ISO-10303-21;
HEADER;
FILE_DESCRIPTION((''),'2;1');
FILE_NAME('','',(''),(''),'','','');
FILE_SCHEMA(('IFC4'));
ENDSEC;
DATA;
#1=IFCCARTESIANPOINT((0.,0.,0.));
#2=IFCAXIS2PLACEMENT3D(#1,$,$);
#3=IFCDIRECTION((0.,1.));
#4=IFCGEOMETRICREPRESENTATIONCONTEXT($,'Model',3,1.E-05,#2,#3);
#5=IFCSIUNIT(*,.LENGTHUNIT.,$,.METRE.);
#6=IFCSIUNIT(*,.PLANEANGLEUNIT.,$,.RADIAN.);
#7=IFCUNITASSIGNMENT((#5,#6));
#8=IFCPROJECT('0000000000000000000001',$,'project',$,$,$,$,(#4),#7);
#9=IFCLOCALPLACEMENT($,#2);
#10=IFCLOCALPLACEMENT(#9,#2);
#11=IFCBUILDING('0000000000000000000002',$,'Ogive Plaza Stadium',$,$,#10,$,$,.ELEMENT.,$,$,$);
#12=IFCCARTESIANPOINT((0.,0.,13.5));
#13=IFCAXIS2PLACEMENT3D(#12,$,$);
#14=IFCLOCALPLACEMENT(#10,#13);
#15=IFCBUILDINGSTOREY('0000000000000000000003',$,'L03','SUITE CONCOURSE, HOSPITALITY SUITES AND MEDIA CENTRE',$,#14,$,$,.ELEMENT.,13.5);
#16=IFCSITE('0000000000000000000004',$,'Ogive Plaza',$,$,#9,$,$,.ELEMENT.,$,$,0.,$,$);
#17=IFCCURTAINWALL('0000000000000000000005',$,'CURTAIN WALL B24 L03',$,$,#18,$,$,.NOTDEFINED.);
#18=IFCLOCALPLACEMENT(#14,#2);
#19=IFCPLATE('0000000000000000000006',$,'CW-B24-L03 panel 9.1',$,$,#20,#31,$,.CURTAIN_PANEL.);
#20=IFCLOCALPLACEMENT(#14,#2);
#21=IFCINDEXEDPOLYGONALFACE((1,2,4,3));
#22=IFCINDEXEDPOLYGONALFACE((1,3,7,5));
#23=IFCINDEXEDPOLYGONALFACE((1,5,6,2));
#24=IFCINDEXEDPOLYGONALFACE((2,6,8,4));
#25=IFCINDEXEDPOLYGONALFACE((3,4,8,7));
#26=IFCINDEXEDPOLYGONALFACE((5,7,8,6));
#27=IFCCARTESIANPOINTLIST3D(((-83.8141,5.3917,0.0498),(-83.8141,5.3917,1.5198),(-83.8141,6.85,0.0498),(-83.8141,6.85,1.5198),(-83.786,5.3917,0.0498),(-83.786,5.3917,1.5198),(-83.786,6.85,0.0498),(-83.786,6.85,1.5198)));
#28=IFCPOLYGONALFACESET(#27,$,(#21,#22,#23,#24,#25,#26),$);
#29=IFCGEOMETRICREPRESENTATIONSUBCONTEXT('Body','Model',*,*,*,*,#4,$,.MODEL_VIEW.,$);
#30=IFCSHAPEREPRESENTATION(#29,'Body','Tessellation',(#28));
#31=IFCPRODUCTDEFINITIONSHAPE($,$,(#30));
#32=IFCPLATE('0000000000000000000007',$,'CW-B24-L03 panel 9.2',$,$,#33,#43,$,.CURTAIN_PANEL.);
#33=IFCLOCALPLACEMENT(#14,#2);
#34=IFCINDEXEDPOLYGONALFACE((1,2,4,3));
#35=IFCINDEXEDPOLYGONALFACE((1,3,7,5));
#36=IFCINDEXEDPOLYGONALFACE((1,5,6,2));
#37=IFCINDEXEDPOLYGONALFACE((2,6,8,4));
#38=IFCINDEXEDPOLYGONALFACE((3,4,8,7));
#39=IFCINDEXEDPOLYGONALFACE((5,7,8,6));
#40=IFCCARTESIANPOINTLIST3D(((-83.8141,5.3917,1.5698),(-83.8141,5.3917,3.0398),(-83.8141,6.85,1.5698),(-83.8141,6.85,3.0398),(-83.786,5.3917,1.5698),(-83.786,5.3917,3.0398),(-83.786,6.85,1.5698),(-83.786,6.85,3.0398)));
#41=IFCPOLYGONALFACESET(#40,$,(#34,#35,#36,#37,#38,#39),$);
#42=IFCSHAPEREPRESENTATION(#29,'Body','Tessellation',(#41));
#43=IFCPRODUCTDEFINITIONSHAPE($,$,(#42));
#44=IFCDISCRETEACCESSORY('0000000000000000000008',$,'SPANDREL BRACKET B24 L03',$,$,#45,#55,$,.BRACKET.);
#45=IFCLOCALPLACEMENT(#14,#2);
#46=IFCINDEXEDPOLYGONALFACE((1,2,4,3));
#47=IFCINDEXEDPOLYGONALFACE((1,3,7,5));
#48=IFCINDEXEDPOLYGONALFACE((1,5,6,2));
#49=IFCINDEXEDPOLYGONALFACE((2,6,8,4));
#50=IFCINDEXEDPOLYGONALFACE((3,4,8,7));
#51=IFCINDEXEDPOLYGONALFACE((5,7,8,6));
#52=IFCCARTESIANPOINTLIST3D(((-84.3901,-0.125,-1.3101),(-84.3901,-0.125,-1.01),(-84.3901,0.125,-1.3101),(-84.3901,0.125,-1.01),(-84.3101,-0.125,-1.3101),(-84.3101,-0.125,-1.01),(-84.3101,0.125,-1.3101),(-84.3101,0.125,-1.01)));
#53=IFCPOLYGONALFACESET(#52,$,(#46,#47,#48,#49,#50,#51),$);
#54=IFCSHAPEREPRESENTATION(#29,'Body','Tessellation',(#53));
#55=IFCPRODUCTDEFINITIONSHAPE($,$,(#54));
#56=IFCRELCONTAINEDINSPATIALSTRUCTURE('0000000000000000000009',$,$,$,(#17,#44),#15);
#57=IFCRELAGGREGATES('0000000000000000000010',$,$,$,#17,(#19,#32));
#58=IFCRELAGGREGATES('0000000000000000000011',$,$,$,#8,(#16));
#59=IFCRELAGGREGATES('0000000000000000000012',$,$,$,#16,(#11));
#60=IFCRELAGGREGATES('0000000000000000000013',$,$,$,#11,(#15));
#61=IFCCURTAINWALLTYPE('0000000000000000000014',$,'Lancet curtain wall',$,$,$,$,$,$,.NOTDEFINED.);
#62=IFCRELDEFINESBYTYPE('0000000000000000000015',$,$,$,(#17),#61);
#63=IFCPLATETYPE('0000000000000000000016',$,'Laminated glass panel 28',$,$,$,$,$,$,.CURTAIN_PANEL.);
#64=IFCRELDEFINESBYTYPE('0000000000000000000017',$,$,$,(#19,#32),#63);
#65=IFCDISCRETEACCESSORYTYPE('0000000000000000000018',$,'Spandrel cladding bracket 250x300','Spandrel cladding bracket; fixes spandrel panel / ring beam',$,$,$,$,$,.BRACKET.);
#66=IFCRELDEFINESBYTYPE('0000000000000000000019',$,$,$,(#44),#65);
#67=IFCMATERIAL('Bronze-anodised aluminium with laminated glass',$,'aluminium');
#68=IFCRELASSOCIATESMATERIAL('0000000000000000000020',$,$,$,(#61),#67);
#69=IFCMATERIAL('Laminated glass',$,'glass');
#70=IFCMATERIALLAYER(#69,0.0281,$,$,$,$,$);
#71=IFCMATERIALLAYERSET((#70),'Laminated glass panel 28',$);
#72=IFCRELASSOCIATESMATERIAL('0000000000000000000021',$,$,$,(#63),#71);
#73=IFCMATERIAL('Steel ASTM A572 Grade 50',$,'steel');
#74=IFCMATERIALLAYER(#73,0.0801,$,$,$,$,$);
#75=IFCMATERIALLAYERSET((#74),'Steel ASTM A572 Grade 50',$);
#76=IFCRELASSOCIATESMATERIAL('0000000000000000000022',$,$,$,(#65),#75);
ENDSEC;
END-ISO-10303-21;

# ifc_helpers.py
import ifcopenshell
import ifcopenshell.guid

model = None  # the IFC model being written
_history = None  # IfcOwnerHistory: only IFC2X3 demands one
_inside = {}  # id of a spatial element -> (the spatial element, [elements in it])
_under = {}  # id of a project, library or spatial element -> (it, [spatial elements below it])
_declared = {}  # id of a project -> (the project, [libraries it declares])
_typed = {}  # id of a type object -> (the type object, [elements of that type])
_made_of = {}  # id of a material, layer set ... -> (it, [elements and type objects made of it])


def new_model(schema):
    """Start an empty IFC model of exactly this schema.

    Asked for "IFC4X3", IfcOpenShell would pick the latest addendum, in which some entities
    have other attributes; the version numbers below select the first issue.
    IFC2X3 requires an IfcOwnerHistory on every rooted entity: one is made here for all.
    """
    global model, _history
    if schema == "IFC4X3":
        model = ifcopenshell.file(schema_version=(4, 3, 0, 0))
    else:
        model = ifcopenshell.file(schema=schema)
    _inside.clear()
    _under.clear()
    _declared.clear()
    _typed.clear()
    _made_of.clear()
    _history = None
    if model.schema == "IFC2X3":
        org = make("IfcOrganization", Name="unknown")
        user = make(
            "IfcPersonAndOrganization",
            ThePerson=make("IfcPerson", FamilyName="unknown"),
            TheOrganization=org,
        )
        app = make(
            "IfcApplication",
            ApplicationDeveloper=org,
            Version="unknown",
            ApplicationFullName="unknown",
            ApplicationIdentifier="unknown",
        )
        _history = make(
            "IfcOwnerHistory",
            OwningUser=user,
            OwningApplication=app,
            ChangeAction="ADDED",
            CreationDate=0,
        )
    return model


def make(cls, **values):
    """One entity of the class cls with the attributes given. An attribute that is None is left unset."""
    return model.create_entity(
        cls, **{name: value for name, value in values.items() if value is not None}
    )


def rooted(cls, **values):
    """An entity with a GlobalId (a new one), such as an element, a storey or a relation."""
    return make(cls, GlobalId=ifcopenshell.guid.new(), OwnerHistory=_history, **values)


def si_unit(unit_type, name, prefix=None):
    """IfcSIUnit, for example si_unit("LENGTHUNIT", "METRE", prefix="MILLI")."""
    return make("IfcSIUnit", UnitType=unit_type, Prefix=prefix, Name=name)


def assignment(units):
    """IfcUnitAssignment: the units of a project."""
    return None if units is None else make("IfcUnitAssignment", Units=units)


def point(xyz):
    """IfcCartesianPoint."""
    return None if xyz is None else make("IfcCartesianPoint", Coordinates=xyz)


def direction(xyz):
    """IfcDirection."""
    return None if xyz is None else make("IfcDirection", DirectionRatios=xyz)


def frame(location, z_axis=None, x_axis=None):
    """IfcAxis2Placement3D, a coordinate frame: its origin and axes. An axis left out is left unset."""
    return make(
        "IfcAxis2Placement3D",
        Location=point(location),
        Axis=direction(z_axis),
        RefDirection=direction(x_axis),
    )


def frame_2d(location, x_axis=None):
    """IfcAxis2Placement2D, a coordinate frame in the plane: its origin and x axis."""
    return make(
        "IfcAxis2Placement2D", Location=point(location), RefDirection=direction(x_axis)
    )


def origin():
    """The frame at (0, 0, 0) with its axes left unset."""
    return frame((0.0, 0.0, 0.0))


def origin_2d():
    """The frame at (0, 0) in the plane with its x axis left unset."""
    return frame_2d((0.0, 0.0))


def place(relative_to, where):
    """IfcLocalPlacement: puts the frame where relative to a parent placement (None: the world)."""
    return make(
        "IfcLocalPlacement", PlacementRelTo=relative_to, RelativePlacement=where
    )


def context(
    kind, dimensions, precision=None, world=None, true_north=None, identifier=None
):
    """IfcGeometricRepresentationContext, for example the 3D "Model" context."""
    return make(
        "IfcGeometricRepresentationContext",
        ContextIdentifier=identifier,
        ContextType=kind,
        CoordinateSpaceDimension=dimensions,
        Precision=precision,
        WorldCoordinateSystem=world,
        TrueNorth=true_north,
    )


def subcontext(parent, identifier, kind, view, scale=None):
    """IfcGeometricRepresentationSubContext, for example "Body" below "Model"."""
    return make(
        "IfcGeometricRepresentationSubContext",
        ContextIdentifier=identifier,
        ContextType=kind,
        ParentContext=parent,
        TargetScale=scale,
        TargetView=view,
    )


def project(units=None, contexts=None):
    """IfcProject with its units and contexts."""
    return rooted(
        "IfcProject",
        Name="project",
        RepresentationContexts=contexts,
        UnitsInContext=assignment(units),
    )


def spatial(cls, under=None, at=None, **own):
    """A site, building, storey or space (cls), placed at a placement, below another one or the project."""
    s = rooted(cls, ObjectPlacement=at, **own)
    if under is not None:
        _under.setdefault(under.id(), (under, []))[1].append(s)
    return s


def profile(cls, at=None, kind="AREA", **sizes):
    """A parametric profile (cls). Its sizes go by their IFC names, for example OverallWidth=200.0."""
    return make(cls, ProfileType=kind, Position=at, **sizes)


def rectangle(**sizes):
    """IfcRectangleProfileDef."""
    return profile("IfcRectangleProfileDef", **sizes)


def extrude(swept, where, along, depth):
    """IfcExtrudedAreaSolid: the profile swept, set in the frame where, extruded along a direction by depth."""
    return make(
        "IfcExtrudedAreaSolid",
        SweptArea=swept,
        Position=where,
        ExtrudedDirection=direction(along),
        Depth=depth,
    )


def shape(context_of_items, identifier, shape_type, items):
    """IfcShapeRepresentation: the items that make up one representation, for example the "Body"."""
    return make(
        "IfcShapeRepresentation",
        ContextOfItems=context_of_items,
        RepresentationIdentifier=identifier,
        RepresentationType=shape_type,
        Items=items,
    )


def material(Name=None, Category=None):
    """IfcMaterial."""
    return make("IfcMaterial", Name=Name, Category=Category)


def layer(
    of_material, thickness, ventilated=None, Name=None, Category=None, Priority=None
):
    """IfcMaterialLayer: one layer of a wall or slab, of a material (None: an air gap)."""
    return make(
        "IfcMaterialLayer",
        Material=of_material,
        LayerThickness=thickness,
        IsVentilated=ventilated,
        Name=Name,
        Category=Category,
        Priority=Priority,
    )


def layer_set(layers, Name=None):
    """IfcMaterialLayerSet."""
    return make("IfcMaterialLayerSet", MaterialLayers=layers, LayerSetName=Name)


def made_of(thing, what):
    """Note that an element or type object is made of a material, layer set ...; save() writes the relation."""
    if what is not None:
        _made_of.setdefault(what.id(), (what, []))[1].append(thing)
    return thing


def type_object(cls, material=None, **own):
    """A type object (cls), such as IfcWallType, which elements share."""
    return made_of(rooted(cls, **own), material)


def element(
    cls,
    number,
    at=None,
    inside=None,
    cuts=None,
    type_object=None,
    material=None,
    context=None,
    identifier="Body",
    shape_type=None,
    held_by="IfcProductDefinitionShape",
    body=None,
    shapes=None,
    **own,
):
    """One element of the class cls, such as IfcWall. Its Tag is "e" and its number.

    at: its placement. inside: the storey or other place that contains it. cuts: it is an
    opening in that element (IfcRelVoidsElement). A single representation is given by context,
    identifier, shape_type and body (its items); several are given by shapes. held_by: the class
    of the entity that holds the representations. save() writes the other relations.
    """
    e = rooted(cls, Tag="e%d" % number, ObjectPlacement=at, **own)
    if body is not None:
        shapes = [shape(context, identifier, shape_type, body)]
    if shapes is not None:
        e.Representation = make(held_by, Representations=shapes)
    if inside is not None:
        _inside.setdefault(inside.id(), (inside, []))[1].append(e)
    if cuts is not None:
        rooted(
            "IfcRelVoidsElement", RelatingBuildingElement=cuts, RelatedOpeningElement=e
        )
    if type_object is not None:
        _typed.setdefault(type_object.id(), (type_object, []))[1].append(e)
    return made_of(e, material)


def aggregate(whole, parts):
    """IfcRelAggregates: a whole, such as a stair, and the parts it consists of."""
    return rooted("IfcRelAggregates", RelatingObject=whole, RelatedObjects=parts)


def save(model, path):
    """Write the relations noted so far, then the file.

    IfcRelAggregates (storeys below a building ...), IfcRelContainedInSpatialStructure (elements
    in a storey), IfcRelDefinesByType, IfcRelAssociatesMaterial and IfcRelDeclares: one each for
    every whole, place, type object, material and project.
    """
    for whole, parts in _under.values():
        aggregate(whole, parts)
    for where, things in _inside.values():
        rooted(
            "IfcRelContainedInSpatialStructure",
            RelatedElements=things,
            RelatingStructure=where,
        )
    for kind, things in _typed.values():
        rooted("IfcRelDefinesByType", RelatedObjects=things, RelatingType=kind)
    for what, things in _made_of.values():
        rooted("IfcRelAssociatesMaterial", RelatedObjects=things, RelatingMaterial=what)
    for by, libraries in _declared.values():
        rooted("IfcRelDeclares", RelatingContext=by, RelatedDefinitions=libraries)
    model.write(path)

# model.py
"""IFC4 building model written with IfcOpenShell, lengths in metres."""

from ifc_helpers import new_model, si_unit, direction, frame, origin, origin_2d, place, context, subcontext, project, spatial, rectangle, extrude, material, layer, layer_set, type_object, element, aggregate, save


model = new_model("IFC4")

# Units and contexts
model_context = context("Model", 3, precision=1e-05, world=origin(), true_north=direction((0.0, 1.0)))
body_context = subcontext(model_context, "Body", "Model", "MODEL_VIEW")
ifc_project = project(units=[si_unit("LENGTHUNIT", "METRE"), si_unit("PLANEANGLEUNIT", "RADIAN")], contexts=[model_context])

# Site, building, storey
site_placement = place(None, origin())
site = spatial("IfcSite", under=ifc_project, at=site_placement, Name="Ogive Plaza", CompositionType="ELEMENT", RefElevation=0.0)
building_placement = place(site_placement, origin())
building = spatial("IfcBuilding", under=site, at=building_placement, Name="Ogive Plaza Stadium", CompositionType="ELEMENT")
storey_placement = place(building_placement, frame((0.0, 0.0, 13.5)))
storey = spatial("IfcBuildingStorey", under=building, at=storey_placement, Name="L03", Description="SUITE CONCOURSE, HOSPITALITY SUITES AND MEDIA CENTRE", CompositionType="ELEMENT", Elevation=13.5)

# Curtain wall
ifc_material_1 = material(Name="Bronze-anodised aluminium with laminated glass", Category="aluminium")
curtain_wall_type = type_object("IfcCurtainWallType", Name="Lancet curtain wall", PredefinedType="NOTDEFINED", material=ifc_material_1)
curtain_wall_1_placement = place(storey_placement, origin())
curtain_wall_1 = element("IfcCurtainWall", 1, at=curtain_wall_1_placement, inside=storey, type_object=curtain_wall_type, Name="CURTAIN WALL B24 L03", PredefinedType="NOTDEFINED")

# Plates
ifc_material_2 = material(Name="Laminated glass", Category="glass")
ifc_layer_1 = layer(ifc_material_2, 0.0281)
ifc_layer_set_1 = layer_set([ifc_layer_1], Name="Laminated glass panel 28")
plate_type = type_object("IfcPlateType", Name="Laminated glass panel 28", PredefinedType="CURTAIN_PANEL", material=ifc_layer_set_1)
plate_1_placement = place(storey_placement, frame((-83.8, 6.1208, 0.0498), z_axis=(0.0, 0.0, 1.0), x_axis=(0.0, 1.0, 0.0)))
plate_1 = element("IfcPlate", 2, at=plate_1_placement, type_object=plate_type, Name="CW-B24-L03 panel 9.1", PredefinedType="CURTAIN_PANEL", context=body_context, shape_type="SweptSolid", body=[
    extrude(rectangle(XDim=1.4583, YDim=0.0281, at=origin_2d()), origin(), (0.0, 0.0, 1.0), 1.47),
])
plate_2_placement = place(storey_placement, frame((-83.8, 6.1208, 1.5698), z_axis=(0.0, 0.0, 1.0), x_axis=(0.0, 1.0, 0.0)))
plate_2 = element("IfcPlate", 3, at=plate_2_placement, type_object=plate_type, Name="CW-B24-L03 panel 9.2", PredefinedType="CURTAIN_PANEL", context=body_context, shape_type="SweptSolid", body=[
    extrude(rectangle(XDim=1.4583, YDim=0.0281, at=origin_2d()), origin(), (0.0, 0.0, 1.0), 1.47),
])
aggregate(curtain_wall_1, [plate_1, plate_2])

# Discrete accessory
ifc_material_3 = material(Name="Steel ASTM A572 Grade 50", Category="steel")
ifc_layer_2 = layer(ifc_material_3, 0.0801)
ifc_layer_set_2 = layer_set([ifc_layer_2], Name="Steel ASTM A572 Grade 50")
discrete_accessory_type = type_object("IfcDiscreteAccessoryType", Name="Spandrel cladding bracket 250x300", Description="Spandrel cladding bracket; fixes spandrel panel / ring beam", PredefinedType="BRACKET", material=ifc_layer_set_2)
discrete_accessory_placement = place(storey_placement, frame((-84.3501, 0.0, -1.3101), z_axis=(0.0, 0.0, 1.0), x_axis=(0.0, 1.0, 0.0)))
element("IfcDiscreteAccessory", 4, at=discrete_accessory_placement, inside=storey, type_object=discrete_accessory_type, Name="SPANDREL BRACKET B24 L03", PredefinedType="BRACKET", context=body_context, shape_type="SweptSolid", body=[
    extrude(rectangle(XDim=0.25, YDim=0.0801, at=origin_2d()), origin(), (0.0, 0.0, 1.0), 0.3),
])

save(model, "model.ifc")
